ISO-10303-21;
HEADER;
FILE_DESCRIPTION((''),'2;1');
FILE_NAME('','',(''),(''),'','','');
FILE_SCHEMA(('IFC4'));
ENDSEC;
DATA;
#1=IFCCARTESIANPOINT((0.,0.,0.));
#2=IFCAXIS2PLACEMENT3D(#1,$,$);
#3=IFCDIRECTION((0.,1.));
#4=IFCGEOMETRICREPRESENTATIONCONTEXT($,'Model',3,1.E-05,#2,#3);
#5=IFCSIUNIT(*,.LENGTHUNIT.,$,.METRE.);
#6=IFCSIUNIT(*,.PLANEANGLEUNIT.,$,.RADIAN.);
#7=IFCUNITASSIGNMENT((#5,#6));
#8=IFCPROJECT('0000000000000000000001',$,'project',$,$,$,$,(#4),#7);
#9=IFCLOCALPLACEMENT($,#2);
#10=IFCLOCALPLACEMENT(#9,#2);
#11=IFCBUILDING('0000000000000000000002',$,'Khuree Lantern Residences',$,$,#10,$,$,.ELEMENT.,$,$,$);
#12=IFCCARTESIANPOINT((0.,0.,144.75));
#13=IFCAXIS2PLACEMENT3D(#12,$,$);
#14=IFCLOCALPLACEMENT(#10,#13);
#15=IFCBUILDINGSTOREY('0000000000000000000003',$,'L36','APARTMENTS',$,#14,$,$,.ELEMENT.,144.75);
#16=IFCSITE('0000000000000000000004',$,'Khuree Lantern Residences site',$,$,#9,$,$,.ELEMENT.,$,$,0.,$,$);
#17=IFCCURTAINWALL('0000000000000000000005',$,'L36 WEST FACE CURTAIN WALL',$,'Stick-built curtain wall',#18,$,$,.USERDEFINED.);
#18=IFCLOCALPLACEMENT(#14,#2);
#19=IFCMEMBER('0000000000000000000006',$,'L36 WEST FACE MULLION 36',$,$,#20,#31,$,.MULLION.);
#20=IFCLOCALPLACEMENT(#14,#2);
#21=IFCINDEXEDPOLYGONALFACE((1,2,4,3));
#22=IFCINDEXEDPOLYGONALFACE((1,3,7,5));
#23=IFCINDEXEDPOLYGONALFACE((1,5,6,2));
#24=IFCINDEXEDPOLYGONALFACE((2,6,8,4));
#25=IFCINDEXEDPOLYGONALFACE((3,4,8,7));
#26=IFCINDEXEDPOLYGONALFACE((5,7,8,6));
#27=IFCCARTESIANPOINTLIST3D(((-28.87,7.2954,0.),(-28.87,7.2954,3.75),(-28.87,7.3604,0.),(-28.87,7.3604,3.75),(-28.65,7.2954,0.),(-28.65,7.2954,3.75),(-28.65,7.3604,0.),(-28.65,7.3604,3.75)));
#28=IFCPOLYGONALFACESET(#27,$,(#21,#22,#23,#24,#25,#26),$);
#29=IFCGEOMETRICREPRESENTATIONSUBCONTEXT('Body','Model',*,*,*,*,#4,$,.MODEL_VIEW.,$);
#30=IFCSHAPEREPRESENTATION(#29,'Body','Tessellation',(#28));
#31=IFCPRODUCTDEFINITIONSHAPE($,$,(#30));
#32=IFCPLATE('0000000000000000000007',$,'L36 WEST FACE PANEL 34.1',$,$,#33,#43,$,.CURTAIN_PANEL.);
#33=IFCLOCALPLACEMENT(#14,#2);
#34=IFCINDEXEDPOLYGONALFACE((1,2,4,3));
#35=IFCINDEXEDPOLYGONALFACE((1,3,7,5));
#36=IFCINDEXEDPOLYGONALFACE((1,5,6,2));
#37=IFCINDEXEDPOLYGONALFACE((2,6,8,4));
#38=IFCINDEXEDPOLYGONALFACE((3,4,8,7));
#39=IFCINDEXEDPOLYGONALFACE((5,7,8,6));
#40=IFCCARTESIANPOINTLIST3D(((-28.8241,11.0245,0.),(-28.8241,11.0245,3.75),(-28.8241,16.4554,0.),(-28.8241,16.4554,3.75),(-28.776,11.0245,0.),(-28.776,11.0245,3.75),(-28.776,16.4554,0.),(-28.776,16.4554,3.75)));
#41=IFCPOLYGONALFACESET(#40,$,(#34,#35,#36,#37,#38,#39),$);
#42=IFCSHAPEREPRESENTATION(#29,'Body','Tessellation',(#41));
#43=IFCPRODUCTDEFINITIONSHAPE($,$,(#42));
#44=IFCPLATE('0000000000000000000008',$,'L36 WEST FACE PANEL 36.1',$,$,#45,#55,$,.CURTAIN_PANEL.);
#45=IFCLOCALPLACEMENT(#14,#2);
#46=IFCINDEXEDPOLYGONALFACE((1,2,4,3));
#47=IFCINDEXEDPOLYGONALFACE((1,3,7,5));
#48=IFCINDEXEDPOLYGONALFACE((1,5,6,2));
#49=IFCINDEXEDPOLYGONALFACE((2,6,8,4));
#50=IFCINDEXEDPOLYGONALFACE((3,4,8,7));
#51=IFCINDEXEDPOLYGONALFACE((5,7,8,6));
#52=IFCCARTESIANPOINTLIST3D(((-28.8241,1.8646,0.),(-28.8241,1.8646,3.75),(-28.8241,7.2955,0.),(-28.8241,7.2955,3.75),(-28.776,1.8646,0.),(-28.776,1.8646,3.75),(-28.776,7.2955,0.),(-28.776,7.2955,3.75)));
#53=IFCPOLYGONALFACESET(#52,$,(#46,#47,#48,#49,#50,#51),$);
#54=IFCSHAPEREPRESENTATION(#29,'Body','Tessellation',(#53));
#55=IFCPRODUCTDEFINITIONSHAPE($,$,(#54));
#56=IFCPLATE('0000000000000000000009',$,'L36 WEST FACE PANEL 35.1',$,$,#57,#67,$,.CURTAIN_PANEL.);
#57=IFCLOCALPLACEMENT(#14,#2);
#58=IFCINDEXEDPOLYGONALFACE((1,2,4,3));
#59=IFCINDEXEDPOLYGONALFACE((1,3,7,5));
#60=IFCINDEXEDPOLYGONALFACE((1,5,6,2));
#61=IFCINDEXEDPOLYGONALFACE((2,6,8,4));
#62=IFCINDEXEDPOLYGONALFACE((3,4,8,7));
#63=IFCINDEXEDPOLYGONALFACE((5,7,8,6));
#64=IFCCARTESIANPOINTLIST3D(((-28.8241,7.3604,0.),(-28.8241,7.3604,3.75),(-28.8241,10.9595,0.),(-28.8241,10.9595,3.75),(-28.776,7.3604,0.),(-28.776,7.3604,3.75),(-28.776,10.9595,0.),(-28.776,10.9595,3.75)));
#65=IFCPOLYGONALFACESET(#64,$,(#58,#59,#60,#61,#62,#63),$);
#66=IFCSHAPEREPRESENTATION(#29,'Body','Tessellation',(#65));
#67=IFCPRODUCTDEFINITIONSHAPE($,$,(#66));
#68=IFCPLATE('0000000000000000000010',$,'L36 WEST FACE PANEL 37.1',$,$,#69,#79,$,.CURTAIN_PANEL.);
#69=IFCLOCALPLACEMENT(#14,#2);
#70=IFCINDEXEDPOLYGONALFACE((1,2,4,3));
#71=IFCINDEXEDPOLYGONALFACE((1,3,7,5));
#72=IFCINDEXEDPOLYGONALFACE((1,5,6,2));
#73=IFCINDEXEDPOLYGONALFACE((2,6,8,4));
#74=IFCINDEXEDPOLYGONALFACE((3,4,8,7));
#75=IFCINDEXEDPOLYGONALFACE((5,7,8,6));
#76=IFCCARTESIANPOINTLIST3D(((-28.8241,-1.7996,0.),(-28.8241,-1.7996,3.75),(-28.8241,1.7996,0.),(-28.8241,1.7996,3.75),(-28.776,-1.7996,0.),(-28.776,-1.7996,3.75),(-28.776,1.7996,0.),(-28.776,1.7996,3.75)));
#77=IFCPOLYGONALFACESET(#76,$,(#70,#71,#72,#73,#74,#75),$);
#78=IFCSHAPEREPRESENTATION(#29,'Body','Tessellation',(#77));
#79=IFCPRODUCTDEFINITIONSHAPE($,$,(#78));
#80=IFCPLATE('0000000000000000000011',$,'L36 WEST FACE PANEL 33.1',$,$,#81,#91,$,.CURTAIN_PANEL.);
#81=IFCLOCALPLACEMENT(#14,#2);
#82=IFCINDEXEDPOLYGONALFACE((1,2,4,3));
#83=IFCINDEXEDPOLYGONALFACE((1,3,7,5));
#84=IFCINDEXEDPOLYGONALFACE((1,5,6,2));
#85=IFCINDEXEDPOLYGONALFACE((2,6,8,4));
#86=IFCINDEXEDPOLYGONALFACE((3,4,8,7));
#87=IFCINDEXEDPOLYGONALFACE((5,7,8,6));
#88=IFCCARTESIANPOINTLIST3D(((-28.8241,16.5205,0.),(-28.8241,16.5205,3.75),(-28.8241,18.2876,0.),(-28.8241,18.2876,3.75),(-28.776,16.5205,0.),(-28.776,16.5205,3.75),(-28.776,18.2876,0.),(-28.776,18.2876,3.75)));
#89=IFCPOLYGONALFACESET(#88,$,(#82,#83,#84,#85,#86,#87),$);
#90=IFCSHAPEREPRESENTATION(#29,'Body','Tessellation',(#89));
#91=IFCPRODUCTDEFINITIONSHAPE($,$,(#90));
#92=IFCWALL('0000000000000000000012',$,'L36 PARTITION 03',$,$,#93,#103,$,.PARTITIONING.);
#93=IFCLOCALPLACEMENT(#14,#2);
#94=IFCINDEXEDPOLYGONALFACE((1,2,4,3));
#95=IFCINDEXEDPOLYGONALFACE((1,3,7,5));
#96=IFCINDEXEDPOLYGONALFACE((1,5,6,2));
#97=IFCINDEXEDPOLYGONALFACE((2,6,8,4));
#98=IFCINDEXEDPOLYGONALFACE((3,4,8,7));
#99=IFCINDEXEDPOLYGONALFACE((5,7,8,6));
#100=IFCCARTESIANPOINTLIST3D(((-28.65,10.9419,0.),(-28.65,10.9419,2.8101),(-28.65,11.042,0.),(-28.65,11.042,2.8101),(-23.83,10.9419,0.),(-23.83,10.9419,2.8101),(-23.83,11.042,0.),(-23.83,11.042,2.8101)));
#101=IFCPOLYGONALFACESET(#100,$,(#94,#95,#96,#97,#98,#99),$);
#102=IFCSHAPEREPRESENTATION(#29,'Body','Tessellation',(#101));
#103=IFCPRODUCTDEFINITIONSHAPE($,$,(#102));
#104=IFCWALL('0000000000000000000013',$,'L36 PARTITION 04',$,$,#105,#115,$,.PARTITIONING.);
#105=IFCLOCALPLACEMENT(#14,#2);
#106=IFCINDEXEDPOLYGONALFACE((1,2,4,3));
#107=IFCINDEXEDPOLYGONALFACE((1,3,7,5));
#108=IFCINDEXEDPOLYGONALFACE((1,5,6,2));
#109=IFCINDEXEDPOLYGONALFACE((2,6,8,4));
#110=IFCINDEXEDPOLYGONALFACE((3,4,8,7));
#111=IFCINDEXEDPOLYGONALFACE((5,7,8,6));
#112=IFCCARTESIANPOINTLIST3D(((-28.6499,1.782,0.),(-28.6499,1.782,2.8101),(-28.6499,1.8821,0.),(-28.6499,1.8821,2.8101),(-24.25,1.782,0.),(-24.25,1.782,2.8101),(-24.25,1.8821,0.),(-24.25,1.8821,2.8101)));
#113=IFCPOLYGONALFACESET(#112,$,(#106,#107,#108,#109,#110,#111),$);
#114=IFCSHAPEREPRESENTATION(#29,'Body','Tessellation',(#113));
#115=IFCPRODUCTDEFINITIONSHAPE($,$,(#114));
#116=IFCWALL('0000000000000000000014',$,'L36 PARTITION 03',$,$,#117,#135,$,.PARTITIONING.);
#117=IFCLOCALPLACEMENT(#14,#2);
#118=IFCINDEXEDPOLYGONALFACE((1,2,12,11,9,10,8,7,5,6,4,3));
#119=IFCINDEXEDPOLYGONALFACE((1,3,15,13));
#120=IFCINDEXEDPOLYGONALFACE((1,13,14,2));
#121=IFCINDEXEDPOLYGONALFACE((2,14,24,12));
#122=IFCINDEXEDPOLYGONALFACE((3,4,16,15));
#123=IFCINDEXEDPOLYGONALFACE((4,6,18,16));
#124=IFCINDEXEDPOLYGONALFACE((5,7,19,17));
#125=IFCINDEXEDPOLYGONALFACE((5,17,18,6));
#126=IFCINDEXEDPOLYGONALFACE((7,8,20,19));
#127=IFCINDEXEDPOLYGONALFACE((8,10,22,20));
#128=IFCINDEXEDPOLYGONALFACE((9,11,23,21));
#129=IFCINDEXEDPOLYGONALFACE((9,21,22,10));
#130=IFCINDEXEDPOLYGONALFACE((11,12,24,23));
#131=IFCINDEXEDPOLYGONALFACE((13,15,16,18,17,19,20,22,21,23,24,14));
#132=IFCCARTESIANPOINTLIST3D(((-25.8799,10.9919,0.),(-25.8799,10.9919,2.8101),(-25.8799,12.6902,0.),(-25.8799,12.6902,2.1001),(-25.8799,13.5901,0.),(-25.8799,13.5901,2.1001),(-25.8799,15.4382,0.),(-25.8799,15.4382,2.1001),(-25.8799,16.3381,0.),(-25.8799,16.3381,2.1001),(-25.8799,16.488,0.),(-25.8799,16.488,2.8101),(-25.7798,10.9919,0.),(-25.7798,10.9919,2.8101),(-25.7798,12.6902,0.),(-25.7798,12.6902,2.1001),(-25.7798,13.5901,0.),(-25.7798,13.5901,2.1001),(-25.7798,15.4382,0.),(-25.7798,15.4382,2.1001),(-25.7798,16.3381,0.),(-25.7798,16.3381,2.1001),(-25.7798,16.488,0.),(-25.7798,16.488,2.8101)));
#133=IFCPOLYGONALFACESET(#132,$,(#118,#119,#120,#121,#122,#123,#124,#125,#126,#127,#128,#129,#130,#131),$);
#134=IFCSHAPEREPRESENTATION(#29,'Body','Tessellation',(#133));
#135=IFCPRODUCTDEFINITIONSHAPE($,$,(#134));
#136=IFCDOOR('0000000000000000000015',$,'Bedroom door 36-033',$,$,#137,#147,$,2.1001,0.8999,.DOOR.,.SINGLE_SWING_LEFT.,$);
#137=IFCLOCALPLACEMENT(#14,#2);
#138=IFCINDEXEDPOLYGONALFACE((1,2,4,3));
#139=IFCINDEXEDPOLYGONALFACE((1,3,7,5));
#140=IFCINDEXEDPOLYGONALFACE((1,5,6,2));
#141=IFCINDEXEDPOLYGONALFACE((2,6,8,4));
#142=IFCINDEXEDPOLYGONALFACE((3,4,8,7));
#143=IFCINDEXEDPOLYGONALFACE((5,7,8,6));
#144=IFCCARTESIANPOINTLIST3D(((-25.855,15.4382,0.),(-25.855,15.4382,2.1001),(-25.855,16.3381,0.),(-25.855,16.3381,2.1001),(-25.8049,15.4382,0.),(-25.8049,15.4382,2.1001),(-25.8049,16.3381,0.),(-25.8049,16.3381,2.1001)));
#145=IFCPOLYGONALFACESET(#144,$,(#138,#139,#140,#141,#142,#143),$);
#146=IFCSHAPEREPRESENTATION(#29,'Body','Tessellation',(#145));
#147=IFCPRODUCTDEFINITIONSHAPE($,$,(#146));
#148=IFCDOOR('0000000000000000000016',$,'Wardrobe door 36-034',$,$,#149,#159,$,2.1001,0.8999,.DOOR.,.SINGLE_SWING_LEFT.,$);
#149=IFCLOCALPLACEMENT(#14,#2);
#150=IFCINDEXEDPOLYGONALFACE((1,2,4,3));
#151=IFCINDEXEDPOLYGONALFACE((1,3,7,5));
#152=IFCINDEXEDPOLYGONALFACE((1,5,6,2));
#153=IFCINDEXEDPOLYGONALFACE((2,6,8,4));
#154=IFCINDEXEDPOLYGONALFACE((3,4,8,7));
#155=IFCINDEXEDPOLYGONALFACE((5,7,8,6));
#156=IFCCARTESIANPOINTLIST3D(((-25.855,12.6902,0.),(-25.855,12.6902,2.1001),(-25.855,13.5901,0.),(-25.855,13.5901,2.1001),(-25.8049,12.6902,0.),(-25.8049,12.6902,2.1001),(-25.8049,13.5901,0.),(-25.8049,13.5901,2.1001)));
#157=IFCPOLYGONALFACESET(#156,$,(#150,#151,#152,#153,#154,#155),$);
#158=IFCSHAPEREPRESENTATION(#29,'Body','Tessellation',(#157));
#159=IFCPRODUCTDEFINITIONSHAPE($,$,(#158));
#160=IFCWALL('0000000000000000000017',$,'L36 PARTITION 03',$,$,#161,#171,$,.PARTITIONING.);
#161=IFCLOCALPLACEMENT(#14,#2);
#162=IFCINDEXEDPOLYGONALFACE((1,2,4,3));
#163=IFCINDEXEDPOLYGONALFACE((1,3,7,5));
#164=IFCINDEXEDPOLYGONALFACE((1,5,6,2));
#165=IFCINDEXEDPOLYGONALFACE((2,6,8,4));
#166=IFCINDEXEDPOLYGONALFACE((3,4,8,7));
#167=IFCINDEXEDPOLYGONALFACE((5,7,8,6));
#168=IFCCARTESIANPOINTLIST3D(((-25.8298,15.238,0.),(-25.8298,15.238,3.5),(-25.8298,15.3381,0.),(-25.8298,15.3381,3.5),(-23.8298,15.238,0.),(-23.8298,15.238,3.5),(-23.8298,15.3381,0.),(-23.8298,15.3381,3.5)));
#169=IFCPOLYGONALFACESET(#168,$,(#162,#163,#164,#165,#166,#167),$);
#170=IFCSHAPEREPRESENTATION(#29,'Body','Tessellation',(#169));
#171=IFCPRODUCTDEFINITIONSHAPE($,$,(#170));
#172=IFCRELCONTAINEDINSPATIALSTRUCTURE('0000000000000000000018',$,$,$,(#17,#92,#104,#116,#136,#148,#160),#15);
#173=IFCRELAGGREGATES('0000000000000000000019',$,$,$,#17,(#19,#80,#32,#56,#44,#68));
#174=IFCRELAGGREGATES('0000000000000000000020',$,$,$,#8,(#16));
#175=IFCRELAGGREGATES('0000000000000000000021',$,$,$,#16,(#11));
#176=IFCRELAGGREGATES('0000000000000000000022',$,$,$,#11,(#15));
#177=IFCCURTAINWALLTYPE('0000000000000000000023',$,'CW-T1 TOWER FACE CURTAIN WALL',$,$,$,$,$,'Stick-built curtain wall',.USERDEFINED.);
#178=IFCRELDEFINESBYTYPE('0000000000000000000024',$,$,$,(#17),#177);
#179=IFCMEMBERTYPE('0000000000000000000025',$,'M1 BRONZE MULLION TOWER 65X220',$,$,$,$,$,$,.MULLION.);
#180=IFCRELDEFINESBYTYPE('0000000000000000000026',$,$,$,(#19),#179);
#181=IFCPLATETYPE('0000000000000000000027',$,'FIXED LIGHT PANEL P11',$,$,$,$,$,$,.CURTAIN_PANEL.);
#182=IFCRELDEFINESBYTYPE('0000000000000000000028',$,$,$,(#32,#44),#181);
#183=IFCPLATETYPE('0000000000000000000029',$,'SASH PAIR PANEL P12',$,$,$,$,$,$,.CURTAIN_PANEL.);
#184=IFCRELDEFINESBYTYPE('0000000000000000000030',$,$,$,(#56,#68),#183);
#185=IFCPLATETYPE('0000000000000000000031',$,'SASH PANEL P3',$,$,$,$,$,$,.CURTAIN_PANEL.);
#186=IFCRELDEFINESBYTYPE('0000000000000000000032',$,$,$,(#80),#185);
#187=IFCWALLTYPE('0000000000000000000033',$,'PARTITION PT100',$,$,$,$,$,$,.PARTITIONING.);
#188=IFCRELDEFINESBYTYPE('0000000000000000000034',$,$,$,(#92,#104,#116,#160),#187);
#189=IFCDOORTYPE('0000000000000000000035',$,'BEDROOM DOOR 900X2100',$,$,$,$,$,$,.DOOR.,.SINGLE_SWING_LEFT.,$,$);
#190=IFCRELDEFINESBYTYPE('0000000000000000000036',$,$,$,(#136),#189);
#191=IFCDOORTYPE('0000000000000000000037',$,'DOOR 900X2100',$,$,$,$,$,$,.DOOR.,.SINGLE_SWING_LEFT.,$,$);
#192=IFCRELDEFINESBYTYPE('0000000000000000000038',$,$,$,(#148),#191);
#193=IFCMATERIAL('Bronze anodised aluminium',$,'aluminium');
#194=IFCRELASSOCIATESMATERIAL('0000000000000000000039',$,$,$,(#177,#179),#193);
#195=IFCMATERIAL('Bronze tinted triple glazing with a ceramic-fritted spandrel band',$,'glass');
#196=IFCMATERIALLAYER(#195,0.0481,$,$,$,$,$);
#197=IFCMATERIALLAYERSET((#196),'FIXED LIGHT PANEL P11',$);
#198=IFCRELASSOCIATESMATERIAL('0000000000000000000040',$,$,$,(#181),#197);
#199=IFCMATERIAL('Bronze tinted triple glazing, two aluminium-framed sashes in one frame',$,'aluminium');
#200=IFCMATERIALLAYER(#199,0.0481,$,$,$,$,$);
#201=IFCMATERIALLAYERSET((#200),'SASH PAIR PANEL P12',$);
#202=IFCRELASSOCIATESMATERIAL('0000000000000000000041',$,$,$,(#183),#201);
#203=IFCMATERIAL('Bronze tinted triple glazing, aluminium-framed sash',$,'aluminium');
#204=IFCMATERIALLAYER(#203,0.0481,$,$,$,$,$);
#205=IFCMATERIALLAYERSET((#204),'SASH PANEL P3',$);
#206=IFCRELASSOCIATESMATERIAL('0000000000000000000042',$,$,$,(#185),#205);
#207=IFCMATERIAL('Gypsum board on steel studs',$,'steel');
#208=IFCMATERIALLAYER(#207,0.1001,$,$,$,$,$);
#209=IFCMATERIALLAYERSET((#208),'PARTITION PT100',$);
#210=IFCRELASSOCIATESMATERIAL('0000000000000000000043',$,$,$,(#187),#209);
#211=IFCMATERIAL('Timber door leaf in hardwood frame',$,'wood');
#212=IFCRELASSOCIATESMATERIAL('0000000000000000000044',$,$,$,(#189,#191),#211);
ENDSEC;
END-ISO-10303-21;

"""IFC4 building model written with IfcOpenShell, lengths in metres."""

from ifc_helpers import new_model, si_unit, direction, frame, frame_2d, origin, origin_2d, place, context, subcontext, project, spatial, rectangle, extrude, material, layer, layer_set, material_profile, profile_set, type_object, element, fill, aggregate, save


model = new_model("IFC4")

# Units and contexts
model_context = context("Model", 3, precision=1e-05, world=origin(), true_north=direction((0.0, 1.0)))
body_context = subcontext(model_context, "Body", "Model", "MODEL_VIEW")
ifc_project = project(units=[si_unit("LENGTHUNIT", "METRE"), si_unit("PLANEANGLEUNIT", "RADIAN")], contexts=[model_context])

# Site, building, storey
site_placement = place(None, origin())
site = spatial("IfcSite", under=ifc_project, at=site_placement, Name="Khuree Lantern Residences site", CompositionType="ELEMENT", RefElevation=0.0)
building_placement = place(site_placement, origin())
building = spatial("IfcBuilding", under=site, at=building_placement, Name="Khuree Lantern Residences", CompositionType="ELEMENT")
storey_placement = place(building_placement, frame((0.0, 0.0, 144.75)))
storey = spatial("IfcBuildingStorey", under=building, at=storey_placement, Name="L36", Description="APARTMENTS", CompositionType="ELEMENT", Elevation=144.75)

# Curtain wall
ifc_material_1 = material(Name="Bronze anodised aluminium", Category="aluminium")
curtain_wall_type = type_object("IfcCurtainWallType", Name="CW-T1 TOWER FACE CURTAIN WALL", ElementType="Stick-built curtain wall", PredefinedType="USERDEFINED", material=ifc_material_1)
curtain_wall_placement = place(storey_placement, origin())
curtain_wall = element("IfcCurtainWall", 1, at=curtain_wall_placement, inside=storey, type_object=curtain_wall_type, Name="L36 WEST FACE CURTAIN WALL", ObjectType="Stick-built curtain wall", PredefinedType="USERDEFINED")

# Member
ifc_material_profile_1 = material_profile(ifc_material_1, rectangle(XDim=0.0649, YDim=0.22, at=origin_2d()), Name="M1 65X220")
ifc_profile_set_1 = profile_set([ifc_material_profile_1], Name="Bronze anodised aluminium")
member_type_1 = type_object("IfcMemberType", Name="M1 BRONZE MULLION TOWER 65X220", PredefinedType="MULLION", material=ifc_profile_set_1)
member_1_placement = place(storey_placement, frame((-28.76, 7.3279, 0.0), z_axis=(0.0, 0.0, 1.0), x_axis=(0.0, -1.0, 0.0)))
member_1 = element("IfcMember", 2, at=member_1_placement, type_object=member_type_1, Name="L36 WEST FACE MULLION 36", PredefinedType="MULLION", context=body_context, shape_type="SweptSolid", body=[
    extrude(rectangle(XDim=0.0649, YDim=0.22, at=origin_2d()), origin(), (0.0, 0.0, 1.0), 3.75),
])

# Plates
ifc_material_2 = material(Name="Bronze tinted triple glazing with a ceramic-fritted spandrel band", Category="glass")
ifc_layer_1 = layer(ifc_material_2, 0.0481)
ifc_layer_set_1 = layer_set([ifc_layer_1], Name="FIXED LIGHT PANEL P11")
plate_type_1 = type_object("IfcPlateType", Name="FIXED LIGHT PANEL P11", PredefinedType="CURTAIN_PANEL", material=ifc_layer_set_1)
plate_1_placement = place(storey_placement, frame((-28.8, 13.74, 0.0), z_axis=(0.0, 0.0, 1.0), x_axis=(0.0, -1.0, 0.0)))
plate_1 = element("IfcPlate", 3, at=plate_1_placement, type_object=plate_type_1, Name="L36 WEST FACE PANEL 34.1", PredefinedType="CURTAIN_PANEL", context=body_context, shape_type="SweptSolid", body=[
    extrude(rectangle(XDim=5.4309, YDim=0.0481, at=origin_2d()), origin(), (0.0, 0.0, 1.0), 3.75),
])
plate_2_placement = place(storey_placement, frame((-28.8, 4.5801, 0.0), z_axis=(0.0, 0.0, 1.0), x_axis=(0.0, -1.0, 0.0)))
plate_2 = element("IfcPlate", 4, at=plate_2_placement, type_object=plate_type_1, Name="L36 WEST FACE PANEL 36.1", PredefinedType="CURTAIN_PANEL", context=body_context, shape_type="SweptSolid", body=[
    extrude(rectangle(XDim=5.4309, YDim=0.0481, at=origin_2d()), origin(), (0.0, 0.0, 1.0), 3.75),
])
ifc_material_3 = material(Name="Bronze tinted triple glazing, two aluminium-framed sashes in one frame", Category="aluminium")
ifc_layer_2 = layer(ifc_material_3, 0.0481)
ifc_layer_set_2 = layer_set([ifc_layer_2], Name="SASH PAIR PANEL P12")
plate_type_2 = type_object("IfcPlateType", Name="SASH PAIR PANEL P12", PredefinedType="CURTAIN_PANEL", material=ifc_layer_set_2)
plate_3_placement = place(storey_placement, frame((-28.8, 9.1599, 0.0), z_axis=(0.0, 0.0, 1.0), x_axis=(0.0, -1.0, 0.0)))
plate_3 = element("IfcPlate", 5, at=plate_3_placement, type_object=plate_type_2, Name="L36 WEST FACE PANEL 35.1", PredefinedType="CURTAIN_PANEL", context=body_context, shape_type="SweptSolid", body=[
    extrude(rectangle(XDim=3.5991, YDim=0.0481, at=origin_2d()), origin(), (0.0, 0.0, 1.0), 3.75),
])
plate_4_placement = place(storey_placement, frame((-28.8, 0.0, 0.0), z_axis=(0.0, 0.0, 1.0), x_axis=(0.0, -1.0, 0.0)))
plate_4 = element("IfcPlate", 6, at=plate_4_placement, type_object=plate_type_2, Name="L36 WEST FACE PANEL 37.1", PredefinedType="CURTAIN_PANEL", context=body_context, shape_type="SweptSolid", body=[
    extrude(rectangle(XDim=3.5991, YDim=0.0481, at=origin_2d()), origin(), (0.0, 0.0, 1.0), 3.75),
])
ifc_material_4 = material(Name="Bronze tinted triple glazing, aluminium-framed sash", Category="aluminium")
ifc_layer_3 = layer(ifc_material_4, 0.0481)
ifc_layer_set_3 = layer_set([ifc_layer_3], Name="SASH PANEL P3")
plate_type_3 = type_object("IfcPlateType", Name="SASH PANEL P3", PredefinedType="CURTAIN_PANEL", material=ifc_layer_set_3)
plate_5_placement = place(storey_placement, frame((-28.8, 17.4041, 0.0), z_axis=(0.0, 0.0, 1.0), x_axis=(0.0, -1.0, 0.0)))
plate_5 = element("IfcPlate", 7, at=plate_5_placement, type_object=plate_type_3, Name="L36 WEST FACE PANEL 33.1", PredefinedType="CURTAIN_PANEL", context=body_context, shape_type="SweptSolid", body=[
    extrude(rectangle(XDim=1.7671, YDim=0.0481, at=origin_2d()), origin(), (0.0, 0.0, 1.0), 3.75),
])
aggregate(curtain_wall, [member_1, plate_5, plate_1, plate_3, plate_2, plate_4])

# Walls
ifc_material_5 = material(Name="Gypsum board on steel studs", Category="steel")
ifc_layer_4 = layer(ifc_material_5, 0.1001)
ifc_layer_set_4 = layer_set([ifc_layer_4], Name="PARTITION PT100")
wall_type = type_object("IfcWallType", Name="PARTITION PT100", PredefinedType="PARTITIONING", material=ifc_layer_set_4)
wall_1_placement = place(storey_placement, frame((-23.8298, 10.9919, 0.0), z_axis=(0.0, 0.0, 1.0), x_axis=(-1.0, 0.0, 0.0)))
element("IfcWall", 8, at=wall_1_placement, inside=storey, type_object=wall_type, Name="L36 PARTITION 03", PredefinedType="PARTITIONING", context=body_context, shape_type="SweptSolid", body=[
    extrude(rectangle(XDim=4.8201, YDim=0.1001, at=frame_2d((2.4102, 0.0))), origin(), (0.0, 0.0, 1.0), 2.8101),
])
wall_2_placement = place(storey_placement, frame((-24.25, 1.832, 0.0), z_axis=(0.0, 0.0, 1.0), x_axis=(-1.0, 0.0, 0.0)))
element("IfcWall", 9, at=wall_2_placement, inside=storey, type_object=wall_type, Name="L36 PARTITION 04", PredefinedType="PARTITIONING", context=body_context, shape_type="SweptSolid", body=[
    extrude(rectangle(XDim=4.3999, YDim=0.1001, at=frame_2d((2.2, 0.0))), origin(), (0.0, 0.0, 1.0), 2.8101),
])

# Wall, openings, doors
wall_3_placement = place(storey_placement, frame((-25.8298, 16.488, 0.0), z_axis=(0.0, 0.0, 1.0), x_axis=(0.0, -1.0, 0.0)))
wall_3 = element("IfcWall", 10, at=wall_3_placement, inside=storey, type_object=wall_type, Name="L36 PARTITION 03", PredefinedType="PARTITIONING", context=body_context, shape_type="SweptSolid", body=[
    extrude(rectangle(XDim=5.4961, YDim=0.1001, at=frame_2d((2.748, 0.0))), origin(), (0.0, 0.0, 1.0), 2.8101),
])
opening_1_placement = place(wall_3_placement, frame((0.1499, 0.0, 0.0)))
opening_1 = element("IfcOpeningElement", 11, at=opening_1_placement, cuts=wall_3, PredefinedType="OPENING", context=body_context, shape_type="SweptSolid", body=[
    extrude(rectangle(XDim=0.8999, YDim=2.1001, at=frame_2d((0.45, 1.05))), frame((0.0, 0.0601, 0.0), z_axis=(0.0, -1.0, 0.0), x_axis=(1.0, 0.0, 0.0)), (0.0, 0.0, 1.0), 0.1201),
])
opening_2_placement = place(wall_3_placement, frame((2.8979, 0.0, 0.0)))
opening_2 = element("IfcOpeningElement", 12, at=opening_2_placement, cuts=wall_3, PredefinedType="OPENING", context=body_context, shape_type="SweptSolid", body=[
    extrude(rectangle(XDim=0.8999, YDim=2.1001, at=frame_2d((0.45, 1.05))), frame((0.0, 0.0601, 0.0), z_axis=(0.0, -1.0, 0.0), x_axis=(1.0, 0.0, 0.0)), (0.0, 0.0, 1.0), 0.1201),
])
ifc_material_6 = material(Name="Timber door leaf in hardwood frame", Category="wood")
door_type_1 = type_object("IfcDoorType", Name="BEDROOM DOOR 900X2100", OperationType="SINGLE_SWING_LEFT", PredefinedType="DOOR", material=ifc_material_6)
door_1_placement = place(opening_1_placement, origin())
door_1 = element("IfcDoor", 13, at=door_1_placement, inside=storey, type_object=door_type_1, Name="Bedroom door 36-033", OperationType="SINGLE_SWING_LEFT", OverallHeight=2.1001, OverallWidth=0.8999, PredefinedType="DOOR", context=body_context, shape_type="SweptSolid", body=[
    extrude(rectangle(XDim=0.8999, YDim=2.1001, at=frame_2d((0.45, 1.05))), frame((0.0, 0.0249, 0.0), z_axis=(0.0, -1.0, 0.0), x_axis=(1.0, 0.0, 0.0)), (0.0, 0.0, 1.0), 0.05),
])
fill(opening_1, door_1)
door_type_2 = type_object("IfcDoorType", Name="DOOR 900X2100", OperationType="SINGLE_SWING_LEFT", PredefinedType="DOOR", material=ifc_material_6)
door_2_placement = place(opening_2_placement, origin())
door_2 = element("IfcDoor", 14, at=door_2_placement, inside=storey, type_object=door_type_2, Name="Wardrobe door 36-034", OperationType="SINGLE_SWING_LEFT", OverallHeight=2.1001, OverallWidth=0.8999, PredefinedType="DOOR", context=body_context, shape_type="SweptSolid", body=[
    extrude(rectangle(XDim=0.8999, YDim=2.1001, at=frame_2d((0.45, 1.05))), frame((0.0, 0.0249, 0.0), z_axis=(0.0, -1.0, 0.0), x_axis=(1.0, 0.0, 0.0)), (0.0, 0.0, 1.0), 0.05),
])
fill(opening_2, door_2)

# Wall
wall_4_placement = place(storey_placement, frame((-23.8298, 15.2881, 0.0), z_axis=(0.0, 0.0, 1.0), x_axis=(-1.0, 0.0, 0.0)))
element("IfcWall", 15, at=wall_4_placement, inside=storey, type_object=wall_type, Name="L36 PARTITION 03", PredefinedType="PARTITIONING", context=body_context, shape_type="SweptSolid", body=[
    extrude(rectangle(XDim=2.0, YDim=0.1001, at=frame_2d((1.0, 0.0))), origin(), (0.0, 0.0, 1.0), 3.5),
])

save(model, "model.ifc")
